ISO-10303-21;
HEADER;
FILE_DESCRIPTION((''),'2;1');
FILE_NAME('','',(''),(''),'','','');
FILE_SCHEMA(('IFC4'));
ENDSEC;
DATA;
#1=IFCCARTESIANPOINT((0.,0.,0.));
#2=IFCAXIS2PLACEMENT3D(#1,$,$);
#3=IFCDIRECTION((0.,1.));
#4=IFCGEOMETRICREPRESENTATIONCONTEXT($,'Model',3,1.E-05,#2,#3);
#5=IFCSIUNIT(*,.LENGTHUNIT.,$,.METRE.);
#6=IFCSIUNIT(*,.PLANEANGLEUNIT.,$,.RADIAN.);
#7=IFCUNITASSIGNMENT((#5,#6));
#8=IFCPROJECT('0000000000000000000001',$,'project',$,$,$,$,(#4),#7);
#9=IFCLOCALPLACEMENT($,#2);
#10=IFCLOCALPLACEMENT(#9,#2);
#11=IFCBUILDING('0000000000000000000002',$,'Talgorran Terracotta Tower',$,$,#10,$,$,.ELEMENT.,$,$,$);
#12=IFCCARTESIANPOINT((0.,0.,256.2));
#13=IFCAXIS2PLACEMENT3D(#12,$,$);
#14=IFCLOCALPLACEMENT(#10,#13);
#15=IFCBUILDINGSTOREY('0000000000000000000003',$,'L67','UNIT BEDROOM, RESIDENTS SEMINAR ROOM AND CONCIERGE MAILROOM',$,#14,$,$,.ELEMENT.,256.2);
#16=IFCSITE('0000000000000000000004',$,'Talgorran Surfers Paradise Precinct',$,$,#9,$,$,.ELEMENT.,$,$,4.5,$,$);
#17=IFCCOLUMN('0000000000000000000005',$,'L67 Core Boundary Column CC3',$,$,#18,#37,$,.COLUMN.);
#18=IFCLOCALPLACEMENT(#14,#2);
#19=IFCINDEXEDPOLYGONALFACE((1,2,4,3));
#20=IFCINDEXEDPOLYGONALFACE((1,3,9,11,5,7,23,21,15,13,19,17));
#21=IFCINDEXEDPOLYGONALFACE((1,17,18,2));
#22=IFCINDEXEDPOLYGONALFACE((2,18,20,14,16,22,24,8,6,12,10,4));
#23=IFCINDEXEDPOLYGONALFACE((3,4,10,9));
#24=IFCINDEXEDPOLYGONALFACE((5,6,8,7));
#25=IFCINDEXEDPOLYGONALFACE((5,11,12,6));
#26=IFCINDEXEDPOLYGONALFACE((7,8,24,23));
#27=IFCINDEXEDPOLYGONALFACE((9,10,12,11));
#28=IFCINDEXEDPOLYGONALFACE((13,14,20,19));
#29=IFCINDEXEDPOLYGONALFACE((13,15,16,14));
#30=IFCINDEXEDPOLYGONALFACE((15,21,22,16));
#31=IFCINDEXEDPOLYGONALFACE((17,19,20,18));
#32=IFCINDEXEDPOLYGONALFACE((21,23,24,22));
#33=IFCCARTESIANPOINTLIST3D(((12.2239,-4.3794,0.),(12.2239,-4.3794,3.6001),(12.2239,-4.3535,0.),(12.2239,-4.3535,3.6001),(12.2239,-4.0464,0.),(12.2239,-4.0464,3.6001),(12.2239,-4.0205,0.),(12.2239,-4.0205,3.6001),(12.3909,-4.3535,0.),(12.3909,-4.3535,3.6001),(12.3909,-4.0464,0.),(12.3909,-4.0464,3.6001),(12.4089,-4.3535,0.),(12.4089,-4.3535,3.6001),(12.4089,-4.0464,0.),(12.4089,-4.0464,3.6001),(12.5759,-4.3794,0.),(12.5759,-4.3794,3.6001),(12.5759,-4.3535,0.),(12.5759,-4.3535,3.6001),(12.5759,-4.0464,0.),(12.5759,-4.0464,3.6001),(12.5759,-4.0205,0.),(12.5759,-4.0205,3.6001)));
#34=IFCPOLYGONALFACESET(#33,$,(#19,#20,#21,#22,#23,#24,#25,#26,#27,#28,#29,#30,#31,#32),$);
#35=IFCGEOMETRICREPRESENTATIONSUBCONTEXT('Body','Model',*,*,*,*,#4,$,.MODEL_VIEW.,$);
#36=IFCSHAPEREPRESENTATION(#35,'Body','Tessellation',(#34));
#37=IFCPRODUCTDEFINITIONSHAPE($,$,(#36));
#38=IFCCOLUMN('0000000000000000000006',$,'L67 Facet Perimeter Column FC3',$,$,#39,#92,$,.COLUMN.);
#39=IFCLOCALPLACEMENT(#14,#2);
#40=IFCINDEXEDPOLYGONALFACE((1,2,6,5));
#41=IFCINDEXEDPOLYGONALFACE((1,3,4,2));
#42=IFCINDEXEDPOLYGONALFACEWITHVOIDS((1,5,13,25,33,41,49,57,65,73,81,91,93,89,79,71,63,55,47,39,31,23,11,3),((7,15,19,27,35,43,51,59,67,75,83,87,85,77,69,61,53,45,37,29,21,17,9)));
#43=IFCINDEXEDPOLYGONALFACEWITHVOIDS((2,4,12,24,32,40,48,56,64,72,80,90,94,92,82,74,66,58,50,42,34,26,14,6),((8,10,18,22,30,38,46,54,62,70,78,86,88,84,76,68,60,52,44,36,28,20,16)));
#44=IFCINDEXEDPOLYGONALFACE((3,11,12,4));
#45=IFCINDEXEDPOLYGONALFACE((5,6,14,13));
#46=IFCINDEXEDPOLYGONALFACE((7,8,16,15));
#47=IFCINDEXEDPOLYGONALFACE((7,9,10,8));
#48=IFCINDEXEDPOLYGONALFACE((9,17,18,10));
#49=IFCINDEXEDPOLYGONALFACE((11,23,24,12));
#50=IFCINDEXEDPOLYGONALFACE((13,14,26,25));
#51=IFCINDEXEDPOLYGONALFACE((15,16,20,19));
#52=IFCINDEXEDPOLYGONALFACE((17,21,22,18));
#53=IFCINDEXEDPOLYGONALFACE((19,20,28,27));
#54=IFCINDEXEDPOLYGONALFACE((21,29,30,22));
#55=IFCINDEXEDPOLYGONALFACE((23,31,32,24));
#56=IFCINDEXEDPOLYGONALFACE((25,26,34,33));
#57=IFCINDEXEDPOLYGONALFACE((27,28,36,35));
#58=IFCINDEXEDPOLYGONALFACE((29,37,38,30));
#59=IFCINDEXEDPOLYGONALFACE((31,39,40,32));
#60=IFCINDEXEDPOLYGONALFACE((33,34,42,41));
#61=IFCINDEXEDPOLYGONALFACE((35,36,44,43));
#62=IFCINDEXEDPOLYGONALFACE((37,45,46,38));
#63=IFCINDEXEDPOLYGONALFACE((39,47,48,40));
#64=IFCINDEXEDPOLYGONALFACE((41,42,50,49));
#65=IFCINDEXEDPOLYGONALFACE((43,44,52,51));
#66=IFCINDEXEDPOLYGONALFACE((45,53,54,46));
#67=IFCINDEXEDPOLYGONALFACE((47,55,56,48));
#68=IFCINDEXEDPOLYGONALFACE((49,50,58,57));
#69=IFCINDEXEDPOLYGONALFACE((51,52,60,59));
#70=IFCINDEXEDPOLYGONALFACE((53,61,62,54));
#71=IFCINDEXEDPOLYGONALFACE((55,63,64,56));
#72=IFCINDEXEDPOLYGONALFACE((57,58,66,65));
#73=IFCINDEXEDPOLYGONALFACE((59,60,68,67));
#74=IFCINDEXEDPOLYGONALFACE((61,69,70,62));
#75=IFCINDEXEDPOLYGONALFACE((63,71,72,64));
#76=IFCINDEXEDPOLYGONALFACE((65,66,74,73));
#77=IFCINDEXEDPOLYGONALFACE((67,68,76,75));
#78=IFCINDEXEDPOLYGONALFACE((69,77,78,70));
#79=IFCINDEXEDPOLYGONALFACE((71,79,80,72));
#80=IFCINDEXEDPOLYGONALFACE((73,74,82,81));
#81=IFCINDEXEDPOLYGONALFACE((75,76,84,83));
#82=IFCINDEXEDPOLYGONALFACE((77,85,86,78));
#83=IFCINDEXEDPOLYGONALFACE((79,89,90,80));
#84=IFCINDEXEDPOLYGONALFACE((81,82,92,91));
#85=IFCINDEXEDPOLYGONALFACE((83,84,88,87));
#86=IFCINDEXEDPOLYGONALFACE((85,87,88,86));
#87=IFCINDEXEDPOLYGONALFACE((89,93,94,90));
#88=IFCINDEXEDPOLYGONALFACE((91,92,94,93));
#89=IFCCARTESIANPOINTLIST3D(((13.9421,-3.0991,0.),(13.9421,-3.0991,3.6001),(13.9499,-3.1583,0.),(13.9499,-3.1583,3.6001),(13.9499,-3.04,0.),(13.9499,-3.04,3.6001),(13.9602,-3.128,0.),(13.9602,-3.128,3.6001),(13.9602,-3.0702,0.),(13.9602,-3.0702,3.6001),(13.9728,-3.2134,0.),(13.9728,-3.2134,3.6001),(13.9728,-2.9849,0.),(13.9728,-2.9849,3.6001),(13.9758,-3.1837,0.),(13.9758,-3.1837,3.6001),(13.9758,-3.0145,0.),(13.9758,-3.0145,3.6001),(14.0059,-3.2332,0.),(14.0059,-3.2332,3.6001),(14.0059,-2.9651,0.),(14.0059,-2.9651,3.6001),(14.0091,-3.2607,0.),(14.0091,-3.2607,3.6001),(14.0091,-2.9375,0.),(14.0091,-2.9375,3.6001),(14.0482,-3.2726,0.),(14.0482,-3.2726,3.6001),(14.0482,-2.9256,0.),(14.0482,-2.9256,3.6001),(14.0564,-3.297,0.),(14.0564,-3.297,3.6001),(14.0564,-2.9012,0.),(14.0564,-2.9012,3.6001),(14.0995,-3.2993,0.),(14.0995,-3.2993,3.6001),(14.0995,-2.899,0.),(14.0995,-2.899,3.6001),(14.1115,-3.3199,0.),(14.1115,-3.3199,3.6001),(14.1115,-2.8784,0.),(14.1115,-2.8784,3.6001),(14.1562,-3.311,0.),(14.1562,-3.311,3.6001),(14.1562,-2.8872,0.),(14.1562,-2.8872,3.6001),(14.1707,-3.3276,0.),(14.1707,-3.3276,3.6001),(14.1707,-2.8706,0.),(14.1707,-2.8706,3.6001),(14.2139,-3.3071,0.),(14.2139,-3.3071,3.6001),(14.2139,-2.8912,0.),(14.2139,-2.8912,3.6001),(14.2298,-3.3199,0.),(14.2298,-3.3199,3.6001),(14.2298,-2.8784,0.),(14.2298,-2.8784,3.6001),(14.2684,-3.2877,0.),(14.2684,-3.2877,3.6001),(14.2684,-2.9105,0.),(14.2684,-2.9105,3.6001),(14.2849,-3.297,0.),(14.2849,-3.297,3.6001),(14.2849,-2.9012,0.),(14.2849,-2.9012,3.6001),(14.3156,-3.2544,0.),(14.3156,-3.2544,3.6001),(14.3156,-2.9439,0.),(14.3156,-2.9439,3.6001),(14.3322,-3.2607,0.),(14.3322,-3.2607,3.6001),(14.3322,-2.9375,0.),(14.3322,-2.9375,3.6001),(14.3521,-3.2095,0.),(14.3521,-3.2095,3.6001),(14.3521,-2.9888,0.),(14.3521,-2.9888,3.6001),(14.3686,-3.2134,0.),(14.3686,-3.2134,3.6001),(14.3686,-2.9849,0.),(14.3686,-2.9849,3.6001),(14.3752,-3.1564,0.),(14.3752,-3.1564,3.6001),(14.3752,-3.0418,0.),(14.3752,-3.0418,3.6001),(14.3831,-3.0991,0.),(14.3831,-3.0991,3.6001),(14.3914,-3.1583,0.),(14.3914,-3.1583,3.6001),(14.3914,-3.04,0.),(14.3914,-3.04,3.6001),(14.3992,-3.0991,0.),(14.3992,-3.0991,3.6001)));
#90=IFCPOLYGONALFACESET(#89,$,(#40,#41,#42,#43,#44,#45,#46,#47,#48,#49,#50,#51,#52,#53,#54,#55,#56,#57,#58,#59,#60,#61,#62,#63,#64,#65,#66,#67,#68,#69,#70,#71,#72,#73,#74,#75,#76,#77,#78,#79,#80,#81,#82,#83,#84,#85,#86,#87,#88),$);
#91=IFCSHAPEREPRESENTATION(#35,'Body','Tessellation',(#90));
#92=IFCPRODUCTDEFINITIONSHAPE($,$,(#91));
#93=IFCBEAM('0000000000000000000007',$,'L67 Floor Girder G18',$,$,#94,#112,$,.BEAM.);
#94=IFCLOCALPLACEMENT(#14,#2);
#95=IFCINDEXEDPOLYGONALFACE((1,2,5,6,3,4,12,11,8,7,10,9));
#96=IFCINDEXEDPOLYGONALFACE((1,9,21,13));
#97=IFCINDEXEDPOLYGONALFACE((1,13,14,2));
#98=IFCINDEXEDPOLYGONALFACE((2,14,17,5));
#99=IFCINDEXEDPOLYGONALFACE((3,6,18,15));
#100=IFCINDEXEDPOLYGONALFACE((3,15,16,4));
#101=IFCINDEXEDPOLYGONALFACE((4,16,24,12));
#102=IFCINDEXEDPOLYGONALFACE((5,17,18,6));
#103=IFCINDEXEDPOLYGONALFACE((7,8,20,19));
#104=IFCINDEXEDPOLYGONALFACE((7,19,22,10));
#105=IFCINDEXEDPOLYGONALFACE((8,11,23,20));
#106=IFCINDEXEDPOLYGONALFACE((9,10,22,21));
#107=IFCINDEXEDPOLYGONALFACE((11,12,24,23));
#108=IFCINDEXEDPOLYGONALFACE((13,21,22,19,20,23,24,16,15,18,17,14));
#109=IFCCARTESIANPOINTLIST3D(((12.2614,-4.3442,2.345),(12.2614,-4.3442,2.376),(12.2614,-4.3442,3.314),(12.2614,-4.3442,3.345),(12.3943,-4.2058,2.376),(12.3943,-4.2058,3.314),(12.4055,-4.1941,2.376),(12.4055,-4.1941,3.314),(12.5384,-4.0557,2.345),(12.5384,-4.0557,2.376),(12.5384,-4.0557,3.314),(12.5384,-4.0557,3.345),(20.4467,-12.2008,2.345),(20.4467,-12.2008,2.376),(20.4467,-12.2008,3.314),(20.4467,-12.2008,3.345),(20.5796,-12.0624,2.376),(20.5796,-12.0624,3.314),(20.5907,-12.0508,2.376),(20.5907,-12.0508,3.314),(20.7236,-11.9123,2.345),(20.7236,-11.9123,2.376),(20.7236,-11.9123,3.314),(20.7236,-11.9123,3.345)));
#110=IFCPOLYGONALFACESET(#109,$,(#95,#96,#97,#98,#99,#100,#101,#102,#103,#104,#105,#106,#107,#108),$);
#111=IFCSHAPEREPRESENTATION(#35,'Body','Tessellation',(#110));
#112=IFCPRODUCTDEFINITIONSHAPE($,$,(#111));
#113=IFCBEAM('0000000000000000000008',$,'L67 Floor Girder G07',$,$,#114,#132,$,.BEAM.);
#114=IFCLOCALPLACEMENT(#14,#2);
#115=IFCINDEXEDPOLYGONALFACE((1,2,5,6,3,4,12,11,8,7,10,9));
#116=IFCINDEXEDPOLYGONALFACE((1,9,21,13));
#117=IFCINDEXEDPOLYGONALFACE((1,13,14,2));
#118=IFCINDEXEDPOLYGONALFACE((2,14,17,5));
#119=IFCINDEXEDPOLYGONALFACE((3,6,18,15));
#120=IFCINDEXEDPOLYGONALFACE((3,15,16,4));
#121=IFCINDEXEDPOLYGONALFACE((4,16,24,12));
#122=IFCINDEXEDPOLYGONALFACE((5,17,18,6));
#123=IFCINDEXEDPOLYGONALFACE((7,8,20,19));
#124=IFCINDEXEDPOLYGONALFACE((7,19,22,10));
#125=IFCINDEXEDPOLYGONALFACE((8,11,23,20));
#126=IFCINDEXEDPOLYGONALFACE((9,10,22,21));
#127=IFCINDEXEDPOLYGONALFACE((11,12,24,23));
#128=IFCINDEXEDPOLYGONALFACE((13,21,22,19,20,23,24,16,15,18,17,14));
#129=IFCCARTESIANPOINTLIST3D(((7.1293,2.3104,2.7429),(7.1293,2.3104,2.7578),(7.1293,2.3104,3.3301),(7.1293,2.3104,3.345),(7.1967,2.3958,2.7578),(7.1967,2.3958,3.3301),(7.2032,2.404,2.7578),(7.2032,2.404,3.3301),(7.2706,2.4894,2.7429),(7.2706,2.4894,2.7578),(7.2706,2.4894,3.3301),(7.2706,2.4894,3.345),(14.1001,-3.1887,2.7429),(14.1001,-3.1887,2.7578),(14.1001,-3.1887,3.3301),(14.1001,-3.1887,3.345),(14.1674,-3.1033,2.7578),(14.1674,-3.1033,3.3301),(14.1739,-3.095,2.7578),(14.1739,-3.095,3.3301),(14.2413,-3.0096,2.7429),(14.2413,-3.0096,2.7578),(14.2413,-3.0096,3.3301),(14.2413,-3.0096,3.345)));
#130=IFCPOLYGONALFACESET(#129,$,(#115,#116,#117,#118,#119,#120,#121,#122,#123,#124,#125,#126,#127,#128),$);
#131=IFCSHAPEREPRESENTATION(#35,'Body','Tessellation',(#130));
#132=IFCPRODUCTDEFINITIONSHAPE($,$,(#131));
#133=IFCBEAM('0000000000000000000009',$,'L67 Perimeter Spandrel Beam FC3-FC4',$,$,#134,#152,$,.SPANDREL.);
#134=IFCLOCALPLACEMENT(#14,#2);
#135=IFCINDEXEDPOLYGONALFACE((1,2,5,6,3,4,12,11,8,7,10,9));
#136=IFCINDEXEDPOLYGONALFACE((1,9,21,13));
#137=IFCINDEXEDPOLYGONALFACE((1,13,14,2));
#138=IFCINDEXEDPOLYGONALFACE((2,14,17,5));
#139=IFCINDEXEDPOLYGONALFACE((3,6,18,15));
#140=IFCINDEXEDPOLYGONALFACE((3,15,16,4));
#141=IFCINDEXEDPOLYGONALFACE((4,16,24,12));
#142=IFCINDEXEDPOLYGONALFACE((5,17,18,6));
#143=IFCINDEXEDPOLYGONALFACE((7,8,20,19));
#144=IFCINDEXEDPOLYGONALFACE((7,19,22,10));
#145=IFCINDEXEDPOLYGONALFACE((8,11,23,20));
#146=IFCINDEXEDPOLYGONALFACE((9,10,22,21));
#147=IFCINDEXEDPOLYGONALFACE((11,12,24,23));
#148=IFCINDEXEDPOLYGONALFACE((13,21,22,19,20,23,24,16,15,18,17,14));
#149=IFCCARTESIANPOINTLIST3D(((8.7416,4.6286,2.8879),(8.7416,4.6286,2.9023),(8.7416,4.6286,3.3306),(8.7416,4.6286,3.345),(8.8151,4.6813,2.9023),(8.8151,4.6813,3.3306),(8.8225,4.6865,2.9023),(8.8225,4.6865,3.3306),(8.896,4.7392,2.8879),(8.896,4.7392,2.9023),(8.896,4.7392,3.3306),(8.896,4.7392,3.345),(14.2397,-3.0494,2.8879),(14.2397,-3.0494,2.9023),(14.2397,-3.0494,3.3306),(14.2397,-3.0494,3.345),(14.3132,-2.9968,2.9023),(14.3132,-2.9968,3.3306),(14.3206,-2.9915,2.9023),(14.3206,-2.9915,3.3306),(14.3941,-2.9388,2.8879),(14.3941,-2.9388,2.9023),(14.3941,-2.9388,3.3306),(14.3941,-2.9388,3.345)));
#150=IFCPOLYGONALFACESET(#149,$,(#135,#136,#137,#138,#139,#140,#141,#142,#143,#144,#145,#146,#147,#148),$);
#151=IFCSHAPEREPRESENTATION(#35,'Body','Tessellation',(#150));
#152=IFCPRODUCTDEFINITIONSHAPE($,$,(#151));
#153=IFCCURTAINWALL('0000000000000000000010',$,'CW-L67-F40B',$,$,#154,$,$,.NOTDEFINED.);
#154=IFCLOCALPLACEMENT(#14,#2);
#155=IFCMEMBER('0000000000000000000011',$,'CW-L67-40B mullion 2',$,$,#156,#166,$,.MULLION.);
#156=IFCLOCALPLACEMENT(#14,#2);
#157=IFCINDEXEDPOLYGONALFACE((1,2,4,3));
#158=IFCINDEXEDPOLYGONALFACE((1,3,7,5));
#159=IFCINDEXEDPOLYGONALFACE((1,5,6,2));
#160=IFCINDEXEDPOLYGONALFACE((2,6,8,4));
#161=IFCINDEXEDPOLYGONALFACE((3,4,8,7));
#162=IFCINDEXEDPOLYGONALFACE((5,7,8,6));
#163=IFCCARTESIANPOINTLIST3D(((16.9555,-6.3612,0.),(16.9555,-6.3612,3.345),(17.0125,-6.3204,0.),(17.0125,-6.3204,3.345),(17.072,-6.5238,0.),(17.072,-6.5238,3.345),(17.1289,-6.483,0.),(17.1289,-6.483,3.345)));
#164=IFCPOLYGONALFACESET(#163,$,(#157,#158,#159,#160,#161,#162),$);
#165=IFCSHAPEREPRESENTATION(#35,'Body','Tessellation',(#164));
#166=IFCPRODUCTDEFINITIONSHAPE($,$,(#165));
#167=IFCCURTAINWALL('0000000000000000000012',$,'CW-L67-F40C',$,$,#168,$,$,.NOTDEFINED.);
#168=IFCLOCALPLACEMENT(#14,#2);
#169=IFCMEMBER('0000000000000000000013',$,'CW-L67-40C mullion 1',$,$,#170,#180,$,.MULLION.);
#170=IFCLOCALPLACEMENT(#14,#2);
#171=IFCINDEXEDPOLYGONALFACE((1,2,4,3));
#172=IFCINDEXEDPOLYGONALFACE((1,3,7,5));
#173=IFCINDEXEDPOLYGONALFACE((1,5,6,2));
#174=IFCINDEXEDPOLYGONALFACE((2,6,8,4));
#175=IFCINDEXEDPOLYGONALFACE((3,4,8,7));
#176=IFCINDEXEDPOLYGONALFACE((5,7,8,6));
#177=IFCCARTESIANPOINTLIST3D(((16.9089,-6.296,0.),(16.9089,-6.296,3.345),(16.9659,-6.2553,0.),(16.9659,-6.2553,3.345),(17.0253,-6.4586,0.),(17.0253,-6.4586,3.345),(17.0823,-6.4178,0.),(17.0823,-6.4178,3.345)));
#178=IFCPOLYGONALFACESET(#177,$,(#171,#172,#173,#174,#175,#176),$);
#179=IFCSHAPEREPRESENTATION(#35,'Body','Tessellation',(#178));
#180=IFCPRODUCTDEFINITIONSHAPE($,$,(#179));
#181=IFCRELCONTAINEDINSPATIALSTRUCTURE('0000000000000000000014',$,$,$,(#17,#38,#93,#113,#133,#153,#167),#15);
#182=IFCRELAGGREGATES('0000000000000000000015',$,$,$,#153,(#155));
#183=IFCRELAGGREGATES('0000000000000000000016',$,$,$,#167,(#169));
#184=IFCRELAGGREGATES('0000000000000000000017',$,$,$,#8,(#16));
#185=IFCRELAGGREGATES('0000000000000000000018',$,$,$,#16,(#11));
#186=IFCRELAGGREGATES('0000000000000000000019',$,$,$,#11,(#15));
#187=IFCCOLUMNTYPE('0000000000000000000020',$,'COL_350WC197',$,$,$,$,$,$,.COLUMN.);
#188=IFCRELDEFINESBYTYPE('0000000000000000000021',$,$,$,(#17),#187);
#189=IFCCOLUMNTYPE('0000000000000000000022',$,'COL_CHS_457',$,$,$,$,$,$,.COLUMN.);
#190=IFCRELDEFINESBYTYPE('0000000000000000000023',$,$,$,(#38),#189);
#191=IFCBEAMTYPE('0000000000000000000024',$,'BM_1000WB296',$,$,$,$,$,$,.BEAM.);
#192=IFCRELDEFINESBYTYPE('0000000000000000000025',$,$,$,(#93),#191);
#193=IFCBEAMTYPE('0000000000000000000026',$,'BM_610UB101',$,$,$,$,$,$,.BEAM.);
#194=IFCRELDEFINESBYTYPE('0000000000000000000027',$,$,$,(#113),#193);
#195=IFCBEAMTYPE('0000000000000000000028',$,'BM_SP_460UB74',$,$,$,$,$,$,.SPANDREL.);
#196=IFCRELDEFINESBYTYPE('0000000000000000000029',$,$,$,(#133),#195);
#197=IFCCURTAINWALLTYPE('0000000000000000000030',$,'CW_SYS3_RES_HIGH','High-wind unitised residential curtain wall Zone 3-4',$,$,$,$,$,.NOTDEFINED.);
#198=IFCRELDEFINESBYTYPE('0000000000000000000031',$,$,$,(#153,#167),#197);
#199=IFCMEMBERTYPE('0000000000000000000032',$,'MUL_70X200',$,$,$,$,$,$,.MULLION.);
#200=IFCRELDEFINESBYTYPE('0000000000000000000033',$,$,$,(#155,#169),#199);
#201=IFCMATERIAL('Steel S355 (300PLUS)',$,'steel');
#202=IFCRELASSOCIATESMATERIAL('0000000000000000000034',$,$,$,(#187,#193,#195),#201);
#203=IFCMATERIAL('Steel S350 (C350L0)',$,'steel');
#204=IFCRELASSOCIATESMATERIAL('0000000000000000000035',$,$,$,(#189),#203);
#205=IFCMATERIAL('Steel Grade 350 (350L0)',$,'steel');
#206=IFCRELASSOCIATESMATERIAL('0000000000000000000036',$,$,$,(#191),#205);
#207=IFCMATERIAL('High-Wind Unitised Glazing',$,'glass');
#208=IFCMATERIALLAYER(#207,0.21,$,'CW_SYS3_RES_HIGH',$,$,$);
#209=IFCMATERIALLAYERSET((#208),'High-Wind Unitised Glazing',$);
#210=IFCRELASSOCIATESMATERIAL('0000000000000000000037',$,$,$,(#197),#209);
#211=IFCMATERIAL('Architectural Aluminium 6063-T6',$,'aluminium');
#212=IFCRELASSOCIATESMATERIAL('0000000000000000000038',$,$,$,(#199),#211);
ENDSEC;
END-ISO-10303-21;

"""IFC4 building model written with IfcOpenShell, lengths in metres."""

from ifc_helpers import new_model, si_unit, direction, frame, origin, origin_2d, place, context, subcontext, project, spatial, rectangle, hollow_circle, i_section, extrude, material, layer, layer_set, material_profile, profile_set, type_object, element, aggregate, save


model = new_model("IFC4")

# Units and contexts
model_context = context("Model", 3, precision=1e-05, world=origin(), true_north=direction((0.0, 1.0)))
body_context = subcontext(model_context, "Body", "Model", "MODEL_VIEW")
ifc_project = project(units=[si_unit("LENGTHUNIT", "METRE"), si_unit("PLANEANGLEUNIT", "RADIAN")], contexts=[model_context])

# Site, building, storey
site_placement = place(None, origin())
site = spatial("IfcSite", under=ifc_project, at=site_placement, Name="Talgorran Surfers Paradise Precinct", CompositionType="ELEMENT", RefElevation=4.5)
building_placement = place(site_placement, origin())
building = spatial("IfcBuilding", under=site, at=building_placement, Name="Talgorran Terracotta Tower", CompositionType="ELEMENT")
storey_placement = place(building_placement, frame((0.0, 0.0, 256.2)))
storey = spatial("IfcBuildingStorey", under=building, at=storey_placement, Name="L67", Description="UNIT BEDROOM, RESIDENTS SEMINAR ROOM AND CONCIERGE MAILROOM", CompositionType="ELEMENT", Elevation=256.2)

# Columns
ifc_material_1 = material(Name="Steel S355 (300PLUS)", Category="steel")
ifc_material_profile_1 = material_profile(ifc_material_1, i_section(OverallWidth=0.3521, OverallDepth=0.3589, WebThickness=0.0181, FlangeThickness=0.0259, at=origin_2d()), Name="350WC197")
ifc_profile_set_1 = profile_set([ifc_material_profile_1], Name="Steel S355 (300PLUS)")
column_type_1 = type_object("IfcColumnType", Name="COL_350WC197", PredefinedType="COLUMN", material=ifc_profile_set_1)
column_1_placement = place(storey_placement, frame((12.3999, -4.2, 0.0), z_axis=(0.0, 0.0, 1.0), x_axis=(1.0, 0.0, 0.0)))
element("IfcColumn", 1, at=column_1_placement, inside=storey, type_object=column_type_1, Name="L67 Core Boundary Column CC3", PredefinedType="COLUMN", context=body_context, shape_type="SweptSolid", body=[
    extrude(i_section(OverallWidth=0.3521, OverallDepth=0.3589, WebThickness=0.0181, FlangeThickness=0.0259, at=origin_2d()), origin(), (0.0, 0.0, 1.0), 3.6001),
])
ifc_material_2 = material(Name="Steel S350 (C350L0)", Category="steel")
ifc_material_profile_2 = material_profile(ifc_material_2, hollow_circle(Radius=0.2285, WallThickness=0.0161, at=origin_2d()), Name="CHS457X16")
ifc_profile_set_2 = profile_set([ifc_material_profile_2], Name="Steel S350 (C350L0)")
column_type_2 = type_object("IfcColumnType", Name="COL_CHS_457", PredefinedType="COLUMN", material=ifc_profile_set_2)
column_2_placement = place(storey_placement, frame((14.1707, -3.0991, 0.0), z_axis=(0.0, 0.0, 1.0), x_axis=(1.0, 0.0, 0.0)))
element("IfcColumn", 2, at=column_2_placement, inside=storey, type_object=column_type_2, Name="L67 Facet Perimeter Column FC3", PredefinedType="COLUMN", context=body_context, shape_type="SweptSolid", body=[
    extrude(hollow_circle(Radius=0.2285, WallThickness=0.0161, at=origin_2d()), origin(), (0.0, 0.0, 1.0), 3.6001),
])

# Beams
ifc_material_3 = material(Name="Steel Grade 350 (350L0)", Category="steel")
ifc_material_profile_3 = material_profile(ifc_material_3, i_section(OverallWidth=0.3999, OverallDepth=1.0, WebThickness=0.0161, FlangeThickness=0.031, at=origin_2d()), Name="1000WB296")
ifc_profile_set_3 = profile_set([ifc_material_profile_3], Name="Steel Grade 350 (350L0)")
beam_type_1 = type_object("IfcBeamType", Name="BM_1000WB296", PredefinedType="BEAM", material=ifc_profile_set_3)
beam_1_placement = place(storey_placement, frame((12.3999, -4.2, 2.845), z_axis=(0.72144, -0.692477, 0.0), x_axis=(0.692477, 0.72144, 0.0)))
element("IfcBeam", 3, at=beam_1_placement, inside=storey, type_object=beam_type_1, Name="L67 Floor Girder G18", PredefinedType="BEAM", context=body_context, shape_type="SweptSolid", body=[
    extrude(i_section(OverallWidth=0.3999, OverallDepth=1.0, WebThickness=0.0161, FlangeThickness=0.031, at=origin_2d()), origin(), (0.0, 0.0, 1.0), 11.3457),
])
ifc_material_profile_4 = material_profile(ifc_material_1, i_section(OverallWidth=0.228, OverallDepth=0.6021, WebThickness=0.0105, FlangeThickness=0.0149, at=origin_2d()), Name="610UB101")
ifc_profile_set_4 = profile_set([ifc_material_profile_4], Name="Steel S355 (300PLUS)")
beam_type_2 = type_object("IfcBeamType", Name="BM_610UB101", PredefinedType="BEAM", material=ifc_profile_set_4)
beam_2_placement = place(storey_placement, frame((7.2, 2.3999, 3.0439), z_axis=(0.785111, -0.619355, 0.0), x_axis=(0.619355, 0.785111, 0.0)))
element("IfcBeam", 4, at=beam_2_placement, inside=storey, type_object=beam_type_2, Name="L67 Floor Girder G07", PredefinedType="BEAM", context=body_context, shape_type="SweptSolid", body=[
    extrude(i_section(OverallWidth=0.228, OverallDepth=0.6021, WebThickness=0.0105, FlangeThickness=0.0149, at=origin_2d()), origin(), (0.0, 0.0, 1.0), 8.8787),
])
ifc_material_profile_5 = material_profile(ifc_material_1, i_section(OverallWidth=0.1899, OverallDepth=0.457, WebThickness=0.009, FlangeThickness=0.0144, at=origin_2d()), Name="460UB74.6")
ifc_profile_set_5 = profile_set([ifc_material_profile_5], Name="Steel S355 (300PLUS)")
beam_type_3 = type_object("IfcBeamType", Name="BM_SP_460UB74", PredefinedType="SPANDREL", material=ifc_profile_set_5)
beam_3_placement = place(storey_placement, frame((14.3169, -2.9941, 3.1165), z_axis=(-0.582204, 0.813043, 0.0), x_axis=(-0.813043, -0.582204, 0.0)))
element("IfcBeam", 5, at=beam_3_placement, inside=storey, type_object=beam_type_3, Name="L67 Perimeter Spandrel Beam FC3-FC4", PredefinedType="SPANDREL", context=body_context, shape_type="SweptSolid", body=[
    extrude(i_section(OverallWidth=0.1899, OverallDepth=0.457, WebThickness=0.009, FlangeThickness=0.0144, at=origin_2d()), origin(), (0.0, 0.0, 1.0), 9.4436),
])

# Curtain wall, member
ifc_material_4 = material(Name="High-Wind Unitised Glazing", Category="glass")
ifc_layer_1 = layer(ifc_material_4, 0.21, Name="CW_SYS3_RES_HIGH")
ifc_layer_set_1 = layer_set([ifc_layer_1], Name="High-Wind Unitised Glazing")
curtain_wall_type = type_object("IfcCurtainWallType", Name="CW_SYS3_RES_HIGH", Description="High-wind unitised residential curtain wall Zone 3-4", PredefinedType="NOTDEFINED", material=ifc_layer_set_1)
curtain_wall_1_placement = place(storey_placement, origin())
curtain_wall_1 = element("IfcCurtainWall", 6, at=curtain_wall_1_placement, inside=storey, type_object=curtain_wall_type, Name="CW-L67-F40B", PredefinedType="NOTDEFINED")
ifc_material_5 = material(Name="Architectural Aluminium 6063-T6", Category="aluminium")
ifc_material_profile_6 = material_profile(ifc_material_5, rectangle(XDim=0.0701, YDim=0.2, at=origin_2d()), Name="CWM70X200")
ifc_profile_set_6 = profile_set([ifc_material_profile_6], Name="Architectural Aluminium 6063-T6")
member_type_1 = type_object("IfcMemberType", Name="MUL_70X200", PredefinedType="MULLION", material=ifc_profile_set_6)
member_1_placement = place(storey_placement, frame((17.0422, -6.4221, 0.0), z_axis=(0.0, 0.0, 1.0), x_axis=(-0.81303, -0.582222, 0.0)))
member_1 = element("IfcMember", 7, at=member_1_placement, type_object=member_type_1, Name="CW-L67-40B mullion 2", PredefinedType="MULLION", context=body_context, shape_type="SweptSolid", body=[
    extrude(rectangle(XDim=0.0701, YDim=0.2, at=origin_2d()), origin(), (0.0, 0.0, 1.0), 3.345),
])
aggregate(curtain_wall_1, [member_1])

# Curtain wall, member
curtain_wall_2_placement = place(storey_placement, origin())
curtain_wall_2 = element("IfcCurtainWall", 8, at=curtain_wall_2_placement, inside=storey, type_object=curtain_wall_type, Name="CW-L67-F40C", PredefinedType="NOTDEFINED")
member_2_placement = place(storey_placement, frame((16.9956, -6.3569, 0.0), z_axis=(0.0, 0.0, 1.0), x_axis=(-0.813045, -0.582201, 0.0)))
member_2 = element("IfcMember", 9, at=member_2_placement, type_object=member_type_1, Name="CW-L67-40C mullion 1", PredefinedType="MULLION", context=body_context, shape_type="SweptSolid", body=[
    extrude(rectangle(XDim=0.0701, YDim=0.2, at=origin_2d()), origin(), (0.0, 0.0, 1.0), 3.345),
])

aggregate(curtain_wall_2, [member_2])

save(model, "model.ifc")
